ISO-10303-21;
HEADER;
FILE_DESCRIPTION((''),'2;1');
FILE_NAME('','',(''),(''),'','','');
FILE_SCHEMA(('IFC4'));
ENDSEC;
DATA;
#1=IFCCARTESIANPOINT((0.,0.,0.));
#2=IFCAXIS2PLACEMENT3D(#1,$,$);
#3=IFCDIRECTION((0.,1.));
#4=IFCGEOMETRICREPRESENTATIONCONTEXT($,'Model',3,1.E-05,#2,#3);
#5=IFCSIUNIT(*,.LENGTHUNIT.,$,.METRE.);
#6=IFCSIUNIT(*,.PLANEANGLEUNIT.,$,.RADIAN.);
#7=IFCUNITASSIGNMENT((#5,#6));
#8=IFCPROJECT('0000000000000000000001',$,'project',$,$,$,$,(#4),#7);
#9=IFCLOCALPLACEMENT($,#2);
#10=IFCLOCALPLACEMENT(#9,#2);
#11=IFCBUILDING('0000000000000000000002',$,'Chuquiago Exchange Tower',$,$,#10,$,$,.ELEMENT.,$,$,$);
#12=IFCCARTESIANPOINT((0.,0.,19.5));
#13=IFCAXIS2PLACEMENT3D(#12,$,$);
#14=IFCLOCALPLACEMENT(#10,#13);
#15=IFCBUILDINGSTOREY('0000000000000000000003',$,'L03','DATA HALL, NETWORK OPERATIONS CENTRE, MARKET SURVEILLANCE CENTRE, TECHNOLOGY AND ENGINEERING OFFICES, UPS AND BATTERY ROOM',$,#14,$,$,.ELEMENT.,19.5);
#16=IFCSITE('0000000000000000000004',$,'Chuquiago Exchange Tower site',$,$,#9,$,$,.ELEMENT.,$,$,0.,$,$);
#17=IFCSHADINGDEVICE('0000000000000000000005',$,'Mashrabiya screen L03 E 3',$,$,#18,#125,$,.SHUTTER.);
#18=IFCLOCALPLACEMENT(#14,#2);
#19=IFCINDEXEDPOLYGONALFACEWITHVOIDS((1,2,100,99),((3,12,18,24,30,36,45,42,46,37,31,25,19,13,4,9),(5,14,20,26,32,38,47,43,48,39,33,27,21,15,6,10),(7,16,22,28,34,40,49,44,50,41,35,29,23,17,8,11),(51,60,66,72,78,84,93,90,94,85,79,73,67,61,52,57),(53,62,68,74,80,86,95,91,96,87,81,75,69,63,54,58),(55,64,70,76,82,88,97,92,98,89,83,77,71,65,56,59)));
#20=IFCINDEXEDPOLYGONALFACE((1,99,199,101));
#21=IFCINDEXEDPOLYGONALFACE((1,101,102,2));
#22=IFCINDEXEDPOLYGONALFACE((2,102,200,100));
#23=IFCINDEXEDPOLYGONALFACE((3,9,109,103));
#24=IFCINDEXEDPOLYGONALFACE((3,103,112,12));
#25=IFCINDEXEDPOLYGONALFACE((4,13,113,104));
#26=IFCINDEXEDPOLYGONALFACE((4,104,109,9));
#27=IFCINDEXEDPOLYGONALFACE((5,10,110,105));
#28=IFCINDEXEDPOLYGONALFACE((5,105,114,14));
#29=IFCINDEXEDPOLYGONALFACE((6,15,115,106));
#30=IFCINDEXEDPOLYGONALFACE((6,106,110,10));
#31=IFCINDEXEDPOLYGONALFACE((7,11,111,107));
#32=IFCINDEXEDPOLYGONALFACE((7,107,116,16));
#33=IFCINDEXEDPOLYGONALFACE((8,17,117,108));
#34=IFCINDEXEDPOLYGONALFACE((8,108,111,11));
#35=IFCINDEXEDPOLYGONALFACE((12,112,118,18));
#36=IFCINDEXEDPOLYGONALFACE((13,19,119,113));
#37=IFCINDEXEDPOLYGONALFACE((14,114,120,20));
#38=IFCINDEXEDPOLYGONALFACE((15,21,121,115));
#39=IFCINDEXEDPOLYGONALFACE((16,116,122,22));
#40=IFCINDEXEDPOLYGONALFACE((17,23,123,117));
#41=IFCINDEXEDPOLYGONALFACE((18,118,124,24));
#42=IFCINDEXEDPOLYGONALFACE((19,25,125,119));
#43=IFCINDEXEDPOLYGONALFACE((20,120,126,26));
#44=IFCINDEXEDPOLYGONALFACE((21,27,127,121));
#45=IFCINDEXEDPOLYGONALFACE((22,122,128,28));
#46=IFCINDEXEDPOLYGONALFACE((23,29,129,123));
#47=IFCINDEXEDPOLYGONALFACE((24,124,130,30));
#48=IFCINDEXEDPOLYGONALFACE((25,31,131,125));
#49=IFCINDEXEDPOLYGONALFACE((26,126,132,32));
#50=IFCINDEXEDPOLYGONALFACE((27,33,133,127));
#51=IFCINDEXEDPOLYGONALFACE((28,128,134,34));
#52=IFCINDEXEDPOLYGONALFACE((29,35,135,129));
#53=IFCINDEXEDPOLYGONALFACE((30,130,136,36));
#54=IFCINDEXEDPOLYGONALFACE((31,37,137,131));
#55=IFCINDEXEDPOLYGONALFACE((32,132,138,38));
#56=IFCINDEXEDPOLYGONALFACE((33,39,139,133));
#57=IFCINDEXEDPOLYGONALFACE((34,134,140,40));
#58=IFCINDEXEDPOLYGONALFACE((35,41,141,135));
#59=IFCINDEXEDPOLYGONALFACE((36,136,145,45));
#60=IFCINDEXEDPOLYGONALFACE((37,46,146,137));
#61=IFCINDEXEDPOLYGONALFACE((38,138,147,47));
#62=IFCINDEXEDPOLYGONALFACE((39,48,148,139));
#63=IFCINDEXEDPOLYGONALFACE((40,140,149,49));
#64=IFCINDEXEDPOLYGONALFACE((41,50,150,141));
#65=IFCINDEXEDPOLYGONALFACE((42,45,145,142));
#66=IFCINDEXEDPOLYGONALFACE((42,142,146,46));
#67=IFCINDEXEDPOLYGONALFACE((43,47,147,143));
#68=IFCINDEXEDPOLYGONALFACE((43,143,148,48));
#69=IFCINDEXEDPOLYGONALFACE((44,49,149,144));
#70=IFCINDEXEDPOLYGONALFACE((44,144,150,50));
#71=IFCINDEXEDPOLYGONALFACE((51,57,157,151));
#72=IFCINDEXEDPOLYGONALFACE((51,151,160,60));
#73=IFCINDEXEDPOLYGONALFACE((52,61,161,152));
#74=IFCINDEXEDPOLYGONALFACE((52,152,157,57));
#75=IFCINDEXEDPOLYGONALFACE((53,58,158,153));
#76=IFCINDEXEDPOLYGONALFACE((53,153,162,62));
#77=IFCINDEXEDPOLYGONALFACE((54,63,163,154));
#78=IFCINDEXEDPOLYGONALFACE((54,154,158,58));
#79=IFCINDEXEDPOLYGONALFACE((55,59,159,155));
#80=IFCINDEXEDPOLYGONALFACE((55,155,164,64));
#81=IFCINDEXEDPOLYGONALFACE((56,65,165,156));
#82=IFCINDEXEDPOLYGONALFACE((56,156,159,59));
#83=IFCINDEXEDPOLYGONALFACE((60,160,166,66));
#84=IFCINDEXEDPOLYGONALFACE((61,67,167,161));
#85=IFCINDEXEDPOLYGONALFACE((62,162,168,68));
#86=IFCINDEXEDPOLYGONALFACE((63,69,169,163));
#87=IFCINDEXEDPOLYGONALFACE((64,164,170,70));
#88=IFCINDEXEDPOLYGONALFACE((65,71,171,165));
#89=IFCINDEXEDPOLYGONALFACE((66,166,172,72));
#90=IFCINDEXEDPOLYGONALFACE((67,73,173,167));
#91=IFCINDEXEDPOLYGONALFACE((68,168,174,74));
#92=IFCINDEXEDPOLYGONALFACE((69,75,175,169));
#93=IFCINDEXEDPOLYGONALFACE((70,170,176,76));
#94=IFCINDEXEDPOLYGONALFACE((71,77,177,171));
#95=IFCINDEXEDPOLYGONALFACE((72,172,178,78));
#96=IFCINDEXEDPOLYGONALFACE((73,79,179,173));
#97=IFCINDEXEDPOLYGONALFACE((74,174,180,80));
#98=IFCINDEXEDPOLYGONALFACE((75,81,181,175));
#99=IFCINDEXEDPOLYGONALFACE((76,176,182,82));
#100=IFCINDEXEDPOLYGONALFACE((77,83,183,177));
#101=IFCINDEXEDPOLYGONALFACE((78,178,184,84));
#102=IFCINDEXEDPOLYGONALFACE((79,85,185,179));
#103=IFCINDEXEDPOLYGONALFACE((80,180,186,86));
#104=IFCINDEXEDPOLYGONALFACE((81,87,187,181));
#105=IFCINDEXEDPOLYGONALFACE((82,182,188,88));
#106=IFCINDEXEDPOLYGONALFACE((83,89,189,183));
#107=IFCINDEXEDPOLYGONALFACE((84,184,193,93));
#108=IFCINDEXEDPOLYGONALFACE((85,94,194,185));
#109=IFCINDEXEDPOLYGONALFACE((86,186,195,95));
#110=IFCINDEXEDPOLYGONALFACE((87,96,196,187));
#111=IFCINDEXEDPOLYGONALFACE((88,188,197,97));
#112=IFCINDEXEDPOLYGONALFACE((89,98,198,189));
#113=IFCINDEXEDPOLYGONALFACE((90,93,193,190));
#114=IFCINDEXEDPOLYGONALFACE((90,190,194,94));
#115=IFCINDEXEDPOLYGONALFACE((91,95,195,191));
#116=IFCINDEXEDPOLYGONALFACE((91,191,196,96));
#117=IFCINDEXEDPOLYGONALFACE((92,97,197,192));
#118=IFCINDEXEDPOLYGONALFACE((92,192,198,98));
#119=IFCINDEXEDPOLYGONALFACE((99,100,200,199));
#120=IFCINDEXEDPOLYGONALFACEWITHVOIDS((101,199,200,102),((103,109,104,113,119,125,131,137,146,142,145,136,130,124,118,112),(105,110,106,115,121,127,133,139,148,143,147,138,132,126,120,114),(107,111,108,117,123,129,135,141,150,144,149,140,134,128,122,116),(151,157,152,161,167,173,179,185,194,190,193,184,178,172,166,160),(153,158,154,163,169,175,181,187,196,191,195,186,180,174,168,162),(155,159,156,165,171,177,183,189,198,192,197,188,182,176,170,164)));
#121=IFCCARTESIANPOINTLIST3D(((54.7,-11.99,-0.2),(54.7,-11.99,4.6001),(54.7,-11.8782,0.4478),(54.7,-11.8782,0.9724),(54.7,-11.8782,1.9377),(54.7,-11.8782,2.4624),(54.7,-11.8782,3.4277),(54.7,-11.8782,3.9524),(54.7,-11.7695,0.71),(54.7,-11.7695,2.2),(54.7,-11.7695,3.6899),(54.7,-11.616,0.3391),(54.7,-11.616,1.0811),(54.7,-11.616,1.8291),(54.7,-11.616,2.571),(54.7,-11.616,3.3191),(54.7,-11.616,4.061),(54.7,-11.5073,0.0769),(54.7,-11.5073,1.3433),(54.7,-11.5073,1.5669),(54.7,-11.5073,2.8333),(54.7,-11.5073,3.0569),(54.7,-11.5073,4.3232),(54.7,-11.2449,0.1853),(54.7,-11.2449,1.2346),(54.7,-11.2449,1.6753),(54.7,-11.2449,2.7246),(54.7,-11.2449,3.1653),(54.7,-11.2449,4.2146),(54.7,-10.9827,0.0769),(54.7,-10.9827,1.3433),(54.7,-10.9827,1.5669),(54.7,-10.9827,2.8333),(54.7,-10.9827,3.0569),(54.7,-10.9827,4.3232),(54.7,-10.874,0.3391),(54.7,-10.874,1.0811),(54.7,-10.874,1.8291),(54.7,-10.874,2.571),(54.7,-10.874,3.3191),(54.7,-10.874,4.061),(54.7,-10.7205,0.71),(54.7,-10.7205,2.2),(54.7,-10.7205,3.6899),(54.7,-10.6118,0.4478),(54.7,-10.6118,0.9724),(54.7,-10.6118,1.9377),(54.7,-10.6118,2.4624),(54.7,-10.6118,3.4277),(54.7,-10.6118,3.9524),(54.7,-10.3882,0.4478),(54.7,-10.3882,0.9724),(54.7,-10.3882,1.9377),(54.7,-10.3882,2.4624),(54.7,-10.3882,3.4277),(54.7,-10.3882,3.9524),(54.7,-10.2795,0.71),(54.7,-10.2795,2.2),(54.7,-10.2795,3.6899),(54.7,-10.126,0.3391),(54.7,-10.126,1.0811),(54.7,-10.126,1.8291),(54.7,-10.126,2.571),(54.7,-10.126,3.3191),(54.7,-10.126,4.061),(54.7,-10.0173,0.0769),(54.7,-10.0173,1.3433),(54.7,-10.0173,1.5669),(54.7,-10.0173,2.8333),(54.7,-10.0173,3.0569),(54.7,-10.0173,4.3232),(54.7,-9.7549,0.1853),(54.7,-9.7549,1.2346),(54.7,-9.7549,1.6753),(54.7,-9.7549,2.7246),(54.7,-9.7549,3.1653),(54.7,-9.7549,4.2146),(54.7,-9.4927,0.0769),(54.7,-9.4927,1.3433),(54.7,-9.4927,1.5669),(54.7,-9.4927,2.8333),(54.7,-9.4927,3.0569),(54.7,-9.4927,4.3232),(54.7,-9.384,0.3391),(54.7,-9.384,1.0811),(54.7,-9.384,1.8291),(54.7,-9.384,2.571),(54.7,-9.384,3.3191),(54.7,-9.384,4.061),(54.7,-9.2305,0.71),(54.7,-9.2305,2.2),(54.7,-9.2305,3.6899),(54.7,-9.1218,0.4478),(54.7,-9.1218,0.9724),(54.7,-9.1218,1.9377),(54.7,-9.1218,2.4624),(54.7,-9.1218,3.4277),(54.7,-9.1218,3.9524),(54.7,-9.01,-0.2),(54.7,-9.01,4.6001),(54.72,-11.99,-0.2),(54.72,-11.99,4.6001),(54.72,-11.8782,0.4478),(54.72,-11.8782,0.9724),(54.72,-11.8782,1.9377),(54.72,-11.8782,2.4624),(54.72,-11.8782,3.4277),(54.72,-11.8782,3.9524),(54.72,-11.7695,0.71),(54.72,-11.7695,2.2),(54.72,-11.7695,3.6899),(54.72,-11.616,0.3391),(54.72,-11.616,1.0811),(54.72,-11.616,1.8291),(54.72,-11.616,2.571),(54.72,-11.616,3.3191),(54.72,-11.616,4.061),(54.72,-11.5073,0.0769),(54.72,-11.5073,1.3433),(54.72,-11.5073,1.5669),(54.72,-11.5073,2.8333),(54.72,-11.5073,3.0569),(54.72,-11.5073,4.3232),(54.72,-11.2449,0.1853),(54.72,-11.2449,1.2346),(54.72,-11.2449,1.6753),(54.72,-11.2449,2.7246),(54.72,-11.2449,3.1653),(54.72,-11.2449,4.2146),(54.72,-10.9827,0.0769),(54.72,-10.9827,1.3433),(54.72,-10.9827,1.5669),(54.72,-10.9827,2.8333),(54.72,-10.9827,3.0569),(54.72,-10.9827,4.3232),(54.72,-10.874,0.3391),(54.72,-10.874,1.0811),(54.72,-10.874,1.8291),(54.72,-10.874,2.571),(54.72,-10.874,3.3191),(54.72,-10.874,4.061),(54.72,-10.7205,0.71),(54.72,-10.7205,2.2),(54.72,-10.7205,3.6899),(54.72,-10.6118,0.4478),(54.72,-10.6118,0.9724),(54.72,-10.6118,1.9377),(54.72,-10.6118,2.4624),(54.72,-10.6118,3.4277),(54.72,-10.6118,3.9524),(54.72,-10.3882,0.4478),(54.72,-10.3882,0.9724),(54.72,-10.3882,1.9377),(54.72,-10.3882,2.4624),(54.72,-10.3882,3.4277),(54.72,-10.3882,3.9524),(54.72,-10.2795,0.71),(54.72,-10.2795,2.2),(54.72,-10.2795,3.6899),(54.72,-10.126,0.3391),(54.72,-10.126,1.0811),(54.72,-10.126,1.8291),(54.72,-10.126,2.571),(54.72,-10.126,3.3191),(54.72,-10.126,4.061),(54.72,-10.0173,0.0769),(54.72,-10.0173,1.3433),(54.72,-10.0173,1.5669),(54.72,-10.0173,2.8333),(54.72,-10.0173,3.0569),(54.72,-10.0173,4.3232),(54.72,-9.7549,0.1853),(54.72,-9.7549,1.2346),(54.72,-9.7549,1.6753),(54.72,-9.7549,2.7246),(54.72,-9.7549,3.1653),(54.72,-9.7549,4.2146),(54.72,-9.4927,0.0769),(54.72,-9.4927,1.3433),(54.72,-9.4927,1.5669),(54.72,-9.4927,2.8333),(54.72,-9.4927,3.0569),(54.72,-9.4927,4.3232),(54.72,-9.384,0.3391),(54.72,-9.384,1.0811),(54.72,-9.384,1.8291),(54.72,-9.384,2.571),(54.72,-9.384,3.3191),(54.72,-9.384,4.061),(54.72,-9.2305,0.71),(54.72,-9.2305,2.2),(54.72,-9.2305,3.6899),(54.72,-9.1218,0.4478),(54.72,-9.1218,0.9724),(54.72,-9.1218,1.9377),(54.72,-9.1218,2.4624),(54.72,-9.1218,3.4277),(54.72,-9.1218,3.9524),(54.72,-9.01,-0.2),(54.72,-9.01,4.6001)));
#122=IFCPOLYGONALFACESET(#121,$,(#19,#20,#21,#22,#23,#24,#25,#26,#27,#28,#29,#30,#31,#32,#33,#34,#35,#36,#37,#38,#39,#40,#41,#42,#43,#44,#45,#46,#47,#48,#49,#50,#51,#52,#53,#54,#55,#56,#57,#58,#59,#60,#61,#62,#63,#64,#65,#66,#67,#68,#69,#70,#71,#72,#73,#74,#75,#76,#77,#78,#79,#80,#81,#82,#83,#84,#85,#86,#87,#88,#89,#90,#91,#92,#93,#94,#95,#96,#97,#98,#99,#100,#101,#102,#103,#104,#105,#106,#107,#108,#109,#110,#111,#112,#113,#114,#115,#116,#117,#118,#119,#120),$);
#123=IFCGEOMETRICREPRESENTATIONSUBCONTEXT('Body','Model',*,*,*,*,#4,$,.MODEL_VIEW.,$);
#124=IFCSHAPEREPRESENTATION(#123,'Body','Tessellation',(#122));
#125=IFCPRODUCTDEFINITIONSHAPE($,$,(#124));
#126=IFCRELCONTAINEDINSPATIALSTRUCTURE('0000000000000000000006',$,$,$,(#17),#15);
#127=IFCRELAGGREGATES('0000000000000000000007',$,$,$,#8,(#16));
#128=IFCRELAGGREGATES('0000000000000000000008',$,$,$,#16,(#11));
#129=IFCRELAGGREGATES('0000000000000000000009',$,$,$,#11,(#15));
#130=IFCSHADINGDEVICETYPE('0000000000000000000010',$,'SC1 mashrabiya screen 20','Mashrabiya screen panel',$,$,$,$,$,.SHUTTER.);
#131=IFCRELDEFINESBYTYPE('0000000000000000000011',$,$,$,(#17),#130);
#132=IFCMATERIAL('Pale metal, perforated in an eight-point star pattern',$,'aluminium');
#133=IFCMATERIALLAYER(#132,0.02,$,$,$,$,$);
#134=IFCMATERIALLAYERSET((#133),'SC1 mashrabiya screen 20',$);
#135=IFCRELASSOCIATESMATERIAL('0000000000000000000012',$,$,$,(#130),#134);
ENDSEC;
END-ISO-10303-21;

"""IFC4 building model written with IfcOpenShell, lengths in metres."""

from ifc_helpers import new_model, si_unit, direction, frame, origin, place, context, subcontext, project, spatial, polyline, outline, extrude, material, layer, layer_set, type_object, element, save


model = new_model("IFC4")

# Units and contexts
model_context = context("Model", 3, precision=1e-05, world=origin(), true_north=direction((0.0, 1.0)))
body_context = subcontext(model_context, "Body", "Model", "MODEL_VIEW")
ifc_project = project(units=[si_unit("LENGTHUNIT", "METRE"), si_unit("PLANEANGLEUNIT", "RADIAN")], contexts=[model_context])

# Site, building, storey
site_placement = place(None, origin())
site = spatial("IfcSite", under=ifc_project, at=site_placement, Name="Chuquiago Exchange Tower site", CompositionType="ELEMENT", RefElevation=0.0)
building_placement = place(site_placement, origin())
building = spatial("IfcBuilding", under=site, at=building_placement, Name="Chuquiago Exchange Tower", CompositionType="ELEMENT")
storey_placement = place(building_placement, frame((0.0, 0.0, 19.5)))
storey = spatial("IfcBuildingStorey", under=building, at=storey_placement, Name="L03", Description="DATA HALL, NETWORK OPERATIONS CENTRE, MARKET SURVEILLANCE CENTRE, TECHNOLOGY AND ENGINEERING OFFICES, UPS AND BATTERY ROOM", CompositionType="ELEMENT", Elevation=19.5)

# Shading device
ifc_material_1 = material(Name="Pale metal, perforated in an eight-point star pattern", Category="aluminium")
ifc_layer_1 = layer(ifc_material_1, 0.02)
ifc_layer_set_1 = layer_set([ifc_layer_1], Name="SC1 mashrabiya screen 20")
shading_device_type = type_object("IfcShadingDeviceType", Name="SC1 mashrabiya screen 20", Description="Mashrabiya screen panel", PredefinedType="SHUTTER", material=ifc_layer_set_1)
shading_device_1_placement = place(storey_placement, frame((54.7, -11.99, -0.2), z_axis=(0.0, 0.0, 1.0), x_axis=(0.0, 1.0, 0.0)))
element("IfcShadingDevice", 1, at=shading_device_1_placement, inside=storey, type_object=shading_device_type, Name="Mashrabiya screen L03 E 3", PredefinedType="SHUTTER", context=body_context, shape_type="SweptSolid", body=[
    extrude(outline(polyline([(0.0, 0.0), (2.98, 0.0), (2.98, 4.8), (0.0, 4.8), (0.0, 0.0)]), holes=[polyline([(1.2695, 0.9099), (1.3782, 1.1724), (1.116, 1.281), (1.0073, 1.5432), (0.7451, 1.4346), (0.4827, 1.5432), (0.374, 1.281), (0.1118, 1.1724), (0.2205, 0.9099), (0.1118, 0.6477), (0.374, 0.5391), (0.4827, 0.2769), (0.7451, 0.3853), (1.0073, 0.2769), (1.116, 0.5391), (1.3782, 0.6477), (1.2695, 0.9099)]), polyline([(2.7595, 0.9099), (2.8682, 1.1724), (2.606, 1.281), (2.4973, 1.5432), (2.2351, 1.4346), (1.9727, 1.5432), (1.864, 1.281), (1.6018, 1.1724), (1.7104, 0.9099), (1.6018, 0.6477), (1.864, 0.5391), (1.9727, 0.2769), (2.2351, 0.3853), (2.4973, 0.2769), (2.606, 0.5391), (2.8682, 0.6477), (2.7595, 0.9099)]), polyline([(1.2695, 2.3999), (1.3782, 2.6624), (1.116, 2.771), (1.0073, 3.0332), (0.7451, 2.9246), (0.4827, 3.0332), (0.374, 2.771), (0.1118, 2.6624), (0.2205, 2.3999), (0.1118, 2.1377), (0.374, 2.0291), (0.4827, 1.7668), (0.7451, 1.8752), (1.0073, 1.7668), (1.116, 2.0291), (1.3782, 2.1377), (1.2695, 2.3999)]), polyline([(2.7595, 2.3999), (2.8682, 2.6624), (2.606, 2.771), (2.4973, 3.0332), (2.2351, 2.9246), (1.9727, 3.0332), (1.864, 2.771), (1.6018, 2.6624), (1.7104, 2.3999), (1.6018, 2.1377), (1.864, 2.0291), (1.9727, 1.7668), (2.2351, 1.8752), (2.4973, 1.7668), (2.606, 2.0291), (2.8682, 2.1377), (2.7595, 2.3999)]), polyline([(1.2695, 3.8899), (1.3782, 4.1523), (1.116, 4.261), (1.0073, 4.5232), (0.7451, 4.4146), (0.4827, 4.5232), (0.374, 4.261), (0.1118, 4.1523), (0.2205, 3.8899), (0.1118, 3.6277), (0.374, 3.519), (0.4827, 3.2568), (0.7451, 3.3652), (1.0073, 3.2568), (1.116, 3.519), (1.3782, 3.6277), (1.2695, 3.8899)]), polyline([(2.7595, 3.8899), (2.8682, 4.1523), (2.606, 4.261), (2.4973, 4.5232), (2.2351, 4.4146), (1.9727, 4.5232), (1.864, 4.261), (1.6018, 4.1523), (1.7104, 3.8899), (1.6018, 3.6277), (1.864, 3.519), (1.9727, 3.2568), (2.2351, 3.3652), (2.4973, 3.2568), (2.606, 3.519), (2.8682, 3.6277), (2.7595, 3.8899)])]), frame((0.0, 0.0, 0.0), z_axis=(0.0, -1.0, 0.0), x_axis=(1.0, 0.0, 0.0)), (0.0, 0.0, 1.0), 0.02),
])

save(model, "model.ifc")
